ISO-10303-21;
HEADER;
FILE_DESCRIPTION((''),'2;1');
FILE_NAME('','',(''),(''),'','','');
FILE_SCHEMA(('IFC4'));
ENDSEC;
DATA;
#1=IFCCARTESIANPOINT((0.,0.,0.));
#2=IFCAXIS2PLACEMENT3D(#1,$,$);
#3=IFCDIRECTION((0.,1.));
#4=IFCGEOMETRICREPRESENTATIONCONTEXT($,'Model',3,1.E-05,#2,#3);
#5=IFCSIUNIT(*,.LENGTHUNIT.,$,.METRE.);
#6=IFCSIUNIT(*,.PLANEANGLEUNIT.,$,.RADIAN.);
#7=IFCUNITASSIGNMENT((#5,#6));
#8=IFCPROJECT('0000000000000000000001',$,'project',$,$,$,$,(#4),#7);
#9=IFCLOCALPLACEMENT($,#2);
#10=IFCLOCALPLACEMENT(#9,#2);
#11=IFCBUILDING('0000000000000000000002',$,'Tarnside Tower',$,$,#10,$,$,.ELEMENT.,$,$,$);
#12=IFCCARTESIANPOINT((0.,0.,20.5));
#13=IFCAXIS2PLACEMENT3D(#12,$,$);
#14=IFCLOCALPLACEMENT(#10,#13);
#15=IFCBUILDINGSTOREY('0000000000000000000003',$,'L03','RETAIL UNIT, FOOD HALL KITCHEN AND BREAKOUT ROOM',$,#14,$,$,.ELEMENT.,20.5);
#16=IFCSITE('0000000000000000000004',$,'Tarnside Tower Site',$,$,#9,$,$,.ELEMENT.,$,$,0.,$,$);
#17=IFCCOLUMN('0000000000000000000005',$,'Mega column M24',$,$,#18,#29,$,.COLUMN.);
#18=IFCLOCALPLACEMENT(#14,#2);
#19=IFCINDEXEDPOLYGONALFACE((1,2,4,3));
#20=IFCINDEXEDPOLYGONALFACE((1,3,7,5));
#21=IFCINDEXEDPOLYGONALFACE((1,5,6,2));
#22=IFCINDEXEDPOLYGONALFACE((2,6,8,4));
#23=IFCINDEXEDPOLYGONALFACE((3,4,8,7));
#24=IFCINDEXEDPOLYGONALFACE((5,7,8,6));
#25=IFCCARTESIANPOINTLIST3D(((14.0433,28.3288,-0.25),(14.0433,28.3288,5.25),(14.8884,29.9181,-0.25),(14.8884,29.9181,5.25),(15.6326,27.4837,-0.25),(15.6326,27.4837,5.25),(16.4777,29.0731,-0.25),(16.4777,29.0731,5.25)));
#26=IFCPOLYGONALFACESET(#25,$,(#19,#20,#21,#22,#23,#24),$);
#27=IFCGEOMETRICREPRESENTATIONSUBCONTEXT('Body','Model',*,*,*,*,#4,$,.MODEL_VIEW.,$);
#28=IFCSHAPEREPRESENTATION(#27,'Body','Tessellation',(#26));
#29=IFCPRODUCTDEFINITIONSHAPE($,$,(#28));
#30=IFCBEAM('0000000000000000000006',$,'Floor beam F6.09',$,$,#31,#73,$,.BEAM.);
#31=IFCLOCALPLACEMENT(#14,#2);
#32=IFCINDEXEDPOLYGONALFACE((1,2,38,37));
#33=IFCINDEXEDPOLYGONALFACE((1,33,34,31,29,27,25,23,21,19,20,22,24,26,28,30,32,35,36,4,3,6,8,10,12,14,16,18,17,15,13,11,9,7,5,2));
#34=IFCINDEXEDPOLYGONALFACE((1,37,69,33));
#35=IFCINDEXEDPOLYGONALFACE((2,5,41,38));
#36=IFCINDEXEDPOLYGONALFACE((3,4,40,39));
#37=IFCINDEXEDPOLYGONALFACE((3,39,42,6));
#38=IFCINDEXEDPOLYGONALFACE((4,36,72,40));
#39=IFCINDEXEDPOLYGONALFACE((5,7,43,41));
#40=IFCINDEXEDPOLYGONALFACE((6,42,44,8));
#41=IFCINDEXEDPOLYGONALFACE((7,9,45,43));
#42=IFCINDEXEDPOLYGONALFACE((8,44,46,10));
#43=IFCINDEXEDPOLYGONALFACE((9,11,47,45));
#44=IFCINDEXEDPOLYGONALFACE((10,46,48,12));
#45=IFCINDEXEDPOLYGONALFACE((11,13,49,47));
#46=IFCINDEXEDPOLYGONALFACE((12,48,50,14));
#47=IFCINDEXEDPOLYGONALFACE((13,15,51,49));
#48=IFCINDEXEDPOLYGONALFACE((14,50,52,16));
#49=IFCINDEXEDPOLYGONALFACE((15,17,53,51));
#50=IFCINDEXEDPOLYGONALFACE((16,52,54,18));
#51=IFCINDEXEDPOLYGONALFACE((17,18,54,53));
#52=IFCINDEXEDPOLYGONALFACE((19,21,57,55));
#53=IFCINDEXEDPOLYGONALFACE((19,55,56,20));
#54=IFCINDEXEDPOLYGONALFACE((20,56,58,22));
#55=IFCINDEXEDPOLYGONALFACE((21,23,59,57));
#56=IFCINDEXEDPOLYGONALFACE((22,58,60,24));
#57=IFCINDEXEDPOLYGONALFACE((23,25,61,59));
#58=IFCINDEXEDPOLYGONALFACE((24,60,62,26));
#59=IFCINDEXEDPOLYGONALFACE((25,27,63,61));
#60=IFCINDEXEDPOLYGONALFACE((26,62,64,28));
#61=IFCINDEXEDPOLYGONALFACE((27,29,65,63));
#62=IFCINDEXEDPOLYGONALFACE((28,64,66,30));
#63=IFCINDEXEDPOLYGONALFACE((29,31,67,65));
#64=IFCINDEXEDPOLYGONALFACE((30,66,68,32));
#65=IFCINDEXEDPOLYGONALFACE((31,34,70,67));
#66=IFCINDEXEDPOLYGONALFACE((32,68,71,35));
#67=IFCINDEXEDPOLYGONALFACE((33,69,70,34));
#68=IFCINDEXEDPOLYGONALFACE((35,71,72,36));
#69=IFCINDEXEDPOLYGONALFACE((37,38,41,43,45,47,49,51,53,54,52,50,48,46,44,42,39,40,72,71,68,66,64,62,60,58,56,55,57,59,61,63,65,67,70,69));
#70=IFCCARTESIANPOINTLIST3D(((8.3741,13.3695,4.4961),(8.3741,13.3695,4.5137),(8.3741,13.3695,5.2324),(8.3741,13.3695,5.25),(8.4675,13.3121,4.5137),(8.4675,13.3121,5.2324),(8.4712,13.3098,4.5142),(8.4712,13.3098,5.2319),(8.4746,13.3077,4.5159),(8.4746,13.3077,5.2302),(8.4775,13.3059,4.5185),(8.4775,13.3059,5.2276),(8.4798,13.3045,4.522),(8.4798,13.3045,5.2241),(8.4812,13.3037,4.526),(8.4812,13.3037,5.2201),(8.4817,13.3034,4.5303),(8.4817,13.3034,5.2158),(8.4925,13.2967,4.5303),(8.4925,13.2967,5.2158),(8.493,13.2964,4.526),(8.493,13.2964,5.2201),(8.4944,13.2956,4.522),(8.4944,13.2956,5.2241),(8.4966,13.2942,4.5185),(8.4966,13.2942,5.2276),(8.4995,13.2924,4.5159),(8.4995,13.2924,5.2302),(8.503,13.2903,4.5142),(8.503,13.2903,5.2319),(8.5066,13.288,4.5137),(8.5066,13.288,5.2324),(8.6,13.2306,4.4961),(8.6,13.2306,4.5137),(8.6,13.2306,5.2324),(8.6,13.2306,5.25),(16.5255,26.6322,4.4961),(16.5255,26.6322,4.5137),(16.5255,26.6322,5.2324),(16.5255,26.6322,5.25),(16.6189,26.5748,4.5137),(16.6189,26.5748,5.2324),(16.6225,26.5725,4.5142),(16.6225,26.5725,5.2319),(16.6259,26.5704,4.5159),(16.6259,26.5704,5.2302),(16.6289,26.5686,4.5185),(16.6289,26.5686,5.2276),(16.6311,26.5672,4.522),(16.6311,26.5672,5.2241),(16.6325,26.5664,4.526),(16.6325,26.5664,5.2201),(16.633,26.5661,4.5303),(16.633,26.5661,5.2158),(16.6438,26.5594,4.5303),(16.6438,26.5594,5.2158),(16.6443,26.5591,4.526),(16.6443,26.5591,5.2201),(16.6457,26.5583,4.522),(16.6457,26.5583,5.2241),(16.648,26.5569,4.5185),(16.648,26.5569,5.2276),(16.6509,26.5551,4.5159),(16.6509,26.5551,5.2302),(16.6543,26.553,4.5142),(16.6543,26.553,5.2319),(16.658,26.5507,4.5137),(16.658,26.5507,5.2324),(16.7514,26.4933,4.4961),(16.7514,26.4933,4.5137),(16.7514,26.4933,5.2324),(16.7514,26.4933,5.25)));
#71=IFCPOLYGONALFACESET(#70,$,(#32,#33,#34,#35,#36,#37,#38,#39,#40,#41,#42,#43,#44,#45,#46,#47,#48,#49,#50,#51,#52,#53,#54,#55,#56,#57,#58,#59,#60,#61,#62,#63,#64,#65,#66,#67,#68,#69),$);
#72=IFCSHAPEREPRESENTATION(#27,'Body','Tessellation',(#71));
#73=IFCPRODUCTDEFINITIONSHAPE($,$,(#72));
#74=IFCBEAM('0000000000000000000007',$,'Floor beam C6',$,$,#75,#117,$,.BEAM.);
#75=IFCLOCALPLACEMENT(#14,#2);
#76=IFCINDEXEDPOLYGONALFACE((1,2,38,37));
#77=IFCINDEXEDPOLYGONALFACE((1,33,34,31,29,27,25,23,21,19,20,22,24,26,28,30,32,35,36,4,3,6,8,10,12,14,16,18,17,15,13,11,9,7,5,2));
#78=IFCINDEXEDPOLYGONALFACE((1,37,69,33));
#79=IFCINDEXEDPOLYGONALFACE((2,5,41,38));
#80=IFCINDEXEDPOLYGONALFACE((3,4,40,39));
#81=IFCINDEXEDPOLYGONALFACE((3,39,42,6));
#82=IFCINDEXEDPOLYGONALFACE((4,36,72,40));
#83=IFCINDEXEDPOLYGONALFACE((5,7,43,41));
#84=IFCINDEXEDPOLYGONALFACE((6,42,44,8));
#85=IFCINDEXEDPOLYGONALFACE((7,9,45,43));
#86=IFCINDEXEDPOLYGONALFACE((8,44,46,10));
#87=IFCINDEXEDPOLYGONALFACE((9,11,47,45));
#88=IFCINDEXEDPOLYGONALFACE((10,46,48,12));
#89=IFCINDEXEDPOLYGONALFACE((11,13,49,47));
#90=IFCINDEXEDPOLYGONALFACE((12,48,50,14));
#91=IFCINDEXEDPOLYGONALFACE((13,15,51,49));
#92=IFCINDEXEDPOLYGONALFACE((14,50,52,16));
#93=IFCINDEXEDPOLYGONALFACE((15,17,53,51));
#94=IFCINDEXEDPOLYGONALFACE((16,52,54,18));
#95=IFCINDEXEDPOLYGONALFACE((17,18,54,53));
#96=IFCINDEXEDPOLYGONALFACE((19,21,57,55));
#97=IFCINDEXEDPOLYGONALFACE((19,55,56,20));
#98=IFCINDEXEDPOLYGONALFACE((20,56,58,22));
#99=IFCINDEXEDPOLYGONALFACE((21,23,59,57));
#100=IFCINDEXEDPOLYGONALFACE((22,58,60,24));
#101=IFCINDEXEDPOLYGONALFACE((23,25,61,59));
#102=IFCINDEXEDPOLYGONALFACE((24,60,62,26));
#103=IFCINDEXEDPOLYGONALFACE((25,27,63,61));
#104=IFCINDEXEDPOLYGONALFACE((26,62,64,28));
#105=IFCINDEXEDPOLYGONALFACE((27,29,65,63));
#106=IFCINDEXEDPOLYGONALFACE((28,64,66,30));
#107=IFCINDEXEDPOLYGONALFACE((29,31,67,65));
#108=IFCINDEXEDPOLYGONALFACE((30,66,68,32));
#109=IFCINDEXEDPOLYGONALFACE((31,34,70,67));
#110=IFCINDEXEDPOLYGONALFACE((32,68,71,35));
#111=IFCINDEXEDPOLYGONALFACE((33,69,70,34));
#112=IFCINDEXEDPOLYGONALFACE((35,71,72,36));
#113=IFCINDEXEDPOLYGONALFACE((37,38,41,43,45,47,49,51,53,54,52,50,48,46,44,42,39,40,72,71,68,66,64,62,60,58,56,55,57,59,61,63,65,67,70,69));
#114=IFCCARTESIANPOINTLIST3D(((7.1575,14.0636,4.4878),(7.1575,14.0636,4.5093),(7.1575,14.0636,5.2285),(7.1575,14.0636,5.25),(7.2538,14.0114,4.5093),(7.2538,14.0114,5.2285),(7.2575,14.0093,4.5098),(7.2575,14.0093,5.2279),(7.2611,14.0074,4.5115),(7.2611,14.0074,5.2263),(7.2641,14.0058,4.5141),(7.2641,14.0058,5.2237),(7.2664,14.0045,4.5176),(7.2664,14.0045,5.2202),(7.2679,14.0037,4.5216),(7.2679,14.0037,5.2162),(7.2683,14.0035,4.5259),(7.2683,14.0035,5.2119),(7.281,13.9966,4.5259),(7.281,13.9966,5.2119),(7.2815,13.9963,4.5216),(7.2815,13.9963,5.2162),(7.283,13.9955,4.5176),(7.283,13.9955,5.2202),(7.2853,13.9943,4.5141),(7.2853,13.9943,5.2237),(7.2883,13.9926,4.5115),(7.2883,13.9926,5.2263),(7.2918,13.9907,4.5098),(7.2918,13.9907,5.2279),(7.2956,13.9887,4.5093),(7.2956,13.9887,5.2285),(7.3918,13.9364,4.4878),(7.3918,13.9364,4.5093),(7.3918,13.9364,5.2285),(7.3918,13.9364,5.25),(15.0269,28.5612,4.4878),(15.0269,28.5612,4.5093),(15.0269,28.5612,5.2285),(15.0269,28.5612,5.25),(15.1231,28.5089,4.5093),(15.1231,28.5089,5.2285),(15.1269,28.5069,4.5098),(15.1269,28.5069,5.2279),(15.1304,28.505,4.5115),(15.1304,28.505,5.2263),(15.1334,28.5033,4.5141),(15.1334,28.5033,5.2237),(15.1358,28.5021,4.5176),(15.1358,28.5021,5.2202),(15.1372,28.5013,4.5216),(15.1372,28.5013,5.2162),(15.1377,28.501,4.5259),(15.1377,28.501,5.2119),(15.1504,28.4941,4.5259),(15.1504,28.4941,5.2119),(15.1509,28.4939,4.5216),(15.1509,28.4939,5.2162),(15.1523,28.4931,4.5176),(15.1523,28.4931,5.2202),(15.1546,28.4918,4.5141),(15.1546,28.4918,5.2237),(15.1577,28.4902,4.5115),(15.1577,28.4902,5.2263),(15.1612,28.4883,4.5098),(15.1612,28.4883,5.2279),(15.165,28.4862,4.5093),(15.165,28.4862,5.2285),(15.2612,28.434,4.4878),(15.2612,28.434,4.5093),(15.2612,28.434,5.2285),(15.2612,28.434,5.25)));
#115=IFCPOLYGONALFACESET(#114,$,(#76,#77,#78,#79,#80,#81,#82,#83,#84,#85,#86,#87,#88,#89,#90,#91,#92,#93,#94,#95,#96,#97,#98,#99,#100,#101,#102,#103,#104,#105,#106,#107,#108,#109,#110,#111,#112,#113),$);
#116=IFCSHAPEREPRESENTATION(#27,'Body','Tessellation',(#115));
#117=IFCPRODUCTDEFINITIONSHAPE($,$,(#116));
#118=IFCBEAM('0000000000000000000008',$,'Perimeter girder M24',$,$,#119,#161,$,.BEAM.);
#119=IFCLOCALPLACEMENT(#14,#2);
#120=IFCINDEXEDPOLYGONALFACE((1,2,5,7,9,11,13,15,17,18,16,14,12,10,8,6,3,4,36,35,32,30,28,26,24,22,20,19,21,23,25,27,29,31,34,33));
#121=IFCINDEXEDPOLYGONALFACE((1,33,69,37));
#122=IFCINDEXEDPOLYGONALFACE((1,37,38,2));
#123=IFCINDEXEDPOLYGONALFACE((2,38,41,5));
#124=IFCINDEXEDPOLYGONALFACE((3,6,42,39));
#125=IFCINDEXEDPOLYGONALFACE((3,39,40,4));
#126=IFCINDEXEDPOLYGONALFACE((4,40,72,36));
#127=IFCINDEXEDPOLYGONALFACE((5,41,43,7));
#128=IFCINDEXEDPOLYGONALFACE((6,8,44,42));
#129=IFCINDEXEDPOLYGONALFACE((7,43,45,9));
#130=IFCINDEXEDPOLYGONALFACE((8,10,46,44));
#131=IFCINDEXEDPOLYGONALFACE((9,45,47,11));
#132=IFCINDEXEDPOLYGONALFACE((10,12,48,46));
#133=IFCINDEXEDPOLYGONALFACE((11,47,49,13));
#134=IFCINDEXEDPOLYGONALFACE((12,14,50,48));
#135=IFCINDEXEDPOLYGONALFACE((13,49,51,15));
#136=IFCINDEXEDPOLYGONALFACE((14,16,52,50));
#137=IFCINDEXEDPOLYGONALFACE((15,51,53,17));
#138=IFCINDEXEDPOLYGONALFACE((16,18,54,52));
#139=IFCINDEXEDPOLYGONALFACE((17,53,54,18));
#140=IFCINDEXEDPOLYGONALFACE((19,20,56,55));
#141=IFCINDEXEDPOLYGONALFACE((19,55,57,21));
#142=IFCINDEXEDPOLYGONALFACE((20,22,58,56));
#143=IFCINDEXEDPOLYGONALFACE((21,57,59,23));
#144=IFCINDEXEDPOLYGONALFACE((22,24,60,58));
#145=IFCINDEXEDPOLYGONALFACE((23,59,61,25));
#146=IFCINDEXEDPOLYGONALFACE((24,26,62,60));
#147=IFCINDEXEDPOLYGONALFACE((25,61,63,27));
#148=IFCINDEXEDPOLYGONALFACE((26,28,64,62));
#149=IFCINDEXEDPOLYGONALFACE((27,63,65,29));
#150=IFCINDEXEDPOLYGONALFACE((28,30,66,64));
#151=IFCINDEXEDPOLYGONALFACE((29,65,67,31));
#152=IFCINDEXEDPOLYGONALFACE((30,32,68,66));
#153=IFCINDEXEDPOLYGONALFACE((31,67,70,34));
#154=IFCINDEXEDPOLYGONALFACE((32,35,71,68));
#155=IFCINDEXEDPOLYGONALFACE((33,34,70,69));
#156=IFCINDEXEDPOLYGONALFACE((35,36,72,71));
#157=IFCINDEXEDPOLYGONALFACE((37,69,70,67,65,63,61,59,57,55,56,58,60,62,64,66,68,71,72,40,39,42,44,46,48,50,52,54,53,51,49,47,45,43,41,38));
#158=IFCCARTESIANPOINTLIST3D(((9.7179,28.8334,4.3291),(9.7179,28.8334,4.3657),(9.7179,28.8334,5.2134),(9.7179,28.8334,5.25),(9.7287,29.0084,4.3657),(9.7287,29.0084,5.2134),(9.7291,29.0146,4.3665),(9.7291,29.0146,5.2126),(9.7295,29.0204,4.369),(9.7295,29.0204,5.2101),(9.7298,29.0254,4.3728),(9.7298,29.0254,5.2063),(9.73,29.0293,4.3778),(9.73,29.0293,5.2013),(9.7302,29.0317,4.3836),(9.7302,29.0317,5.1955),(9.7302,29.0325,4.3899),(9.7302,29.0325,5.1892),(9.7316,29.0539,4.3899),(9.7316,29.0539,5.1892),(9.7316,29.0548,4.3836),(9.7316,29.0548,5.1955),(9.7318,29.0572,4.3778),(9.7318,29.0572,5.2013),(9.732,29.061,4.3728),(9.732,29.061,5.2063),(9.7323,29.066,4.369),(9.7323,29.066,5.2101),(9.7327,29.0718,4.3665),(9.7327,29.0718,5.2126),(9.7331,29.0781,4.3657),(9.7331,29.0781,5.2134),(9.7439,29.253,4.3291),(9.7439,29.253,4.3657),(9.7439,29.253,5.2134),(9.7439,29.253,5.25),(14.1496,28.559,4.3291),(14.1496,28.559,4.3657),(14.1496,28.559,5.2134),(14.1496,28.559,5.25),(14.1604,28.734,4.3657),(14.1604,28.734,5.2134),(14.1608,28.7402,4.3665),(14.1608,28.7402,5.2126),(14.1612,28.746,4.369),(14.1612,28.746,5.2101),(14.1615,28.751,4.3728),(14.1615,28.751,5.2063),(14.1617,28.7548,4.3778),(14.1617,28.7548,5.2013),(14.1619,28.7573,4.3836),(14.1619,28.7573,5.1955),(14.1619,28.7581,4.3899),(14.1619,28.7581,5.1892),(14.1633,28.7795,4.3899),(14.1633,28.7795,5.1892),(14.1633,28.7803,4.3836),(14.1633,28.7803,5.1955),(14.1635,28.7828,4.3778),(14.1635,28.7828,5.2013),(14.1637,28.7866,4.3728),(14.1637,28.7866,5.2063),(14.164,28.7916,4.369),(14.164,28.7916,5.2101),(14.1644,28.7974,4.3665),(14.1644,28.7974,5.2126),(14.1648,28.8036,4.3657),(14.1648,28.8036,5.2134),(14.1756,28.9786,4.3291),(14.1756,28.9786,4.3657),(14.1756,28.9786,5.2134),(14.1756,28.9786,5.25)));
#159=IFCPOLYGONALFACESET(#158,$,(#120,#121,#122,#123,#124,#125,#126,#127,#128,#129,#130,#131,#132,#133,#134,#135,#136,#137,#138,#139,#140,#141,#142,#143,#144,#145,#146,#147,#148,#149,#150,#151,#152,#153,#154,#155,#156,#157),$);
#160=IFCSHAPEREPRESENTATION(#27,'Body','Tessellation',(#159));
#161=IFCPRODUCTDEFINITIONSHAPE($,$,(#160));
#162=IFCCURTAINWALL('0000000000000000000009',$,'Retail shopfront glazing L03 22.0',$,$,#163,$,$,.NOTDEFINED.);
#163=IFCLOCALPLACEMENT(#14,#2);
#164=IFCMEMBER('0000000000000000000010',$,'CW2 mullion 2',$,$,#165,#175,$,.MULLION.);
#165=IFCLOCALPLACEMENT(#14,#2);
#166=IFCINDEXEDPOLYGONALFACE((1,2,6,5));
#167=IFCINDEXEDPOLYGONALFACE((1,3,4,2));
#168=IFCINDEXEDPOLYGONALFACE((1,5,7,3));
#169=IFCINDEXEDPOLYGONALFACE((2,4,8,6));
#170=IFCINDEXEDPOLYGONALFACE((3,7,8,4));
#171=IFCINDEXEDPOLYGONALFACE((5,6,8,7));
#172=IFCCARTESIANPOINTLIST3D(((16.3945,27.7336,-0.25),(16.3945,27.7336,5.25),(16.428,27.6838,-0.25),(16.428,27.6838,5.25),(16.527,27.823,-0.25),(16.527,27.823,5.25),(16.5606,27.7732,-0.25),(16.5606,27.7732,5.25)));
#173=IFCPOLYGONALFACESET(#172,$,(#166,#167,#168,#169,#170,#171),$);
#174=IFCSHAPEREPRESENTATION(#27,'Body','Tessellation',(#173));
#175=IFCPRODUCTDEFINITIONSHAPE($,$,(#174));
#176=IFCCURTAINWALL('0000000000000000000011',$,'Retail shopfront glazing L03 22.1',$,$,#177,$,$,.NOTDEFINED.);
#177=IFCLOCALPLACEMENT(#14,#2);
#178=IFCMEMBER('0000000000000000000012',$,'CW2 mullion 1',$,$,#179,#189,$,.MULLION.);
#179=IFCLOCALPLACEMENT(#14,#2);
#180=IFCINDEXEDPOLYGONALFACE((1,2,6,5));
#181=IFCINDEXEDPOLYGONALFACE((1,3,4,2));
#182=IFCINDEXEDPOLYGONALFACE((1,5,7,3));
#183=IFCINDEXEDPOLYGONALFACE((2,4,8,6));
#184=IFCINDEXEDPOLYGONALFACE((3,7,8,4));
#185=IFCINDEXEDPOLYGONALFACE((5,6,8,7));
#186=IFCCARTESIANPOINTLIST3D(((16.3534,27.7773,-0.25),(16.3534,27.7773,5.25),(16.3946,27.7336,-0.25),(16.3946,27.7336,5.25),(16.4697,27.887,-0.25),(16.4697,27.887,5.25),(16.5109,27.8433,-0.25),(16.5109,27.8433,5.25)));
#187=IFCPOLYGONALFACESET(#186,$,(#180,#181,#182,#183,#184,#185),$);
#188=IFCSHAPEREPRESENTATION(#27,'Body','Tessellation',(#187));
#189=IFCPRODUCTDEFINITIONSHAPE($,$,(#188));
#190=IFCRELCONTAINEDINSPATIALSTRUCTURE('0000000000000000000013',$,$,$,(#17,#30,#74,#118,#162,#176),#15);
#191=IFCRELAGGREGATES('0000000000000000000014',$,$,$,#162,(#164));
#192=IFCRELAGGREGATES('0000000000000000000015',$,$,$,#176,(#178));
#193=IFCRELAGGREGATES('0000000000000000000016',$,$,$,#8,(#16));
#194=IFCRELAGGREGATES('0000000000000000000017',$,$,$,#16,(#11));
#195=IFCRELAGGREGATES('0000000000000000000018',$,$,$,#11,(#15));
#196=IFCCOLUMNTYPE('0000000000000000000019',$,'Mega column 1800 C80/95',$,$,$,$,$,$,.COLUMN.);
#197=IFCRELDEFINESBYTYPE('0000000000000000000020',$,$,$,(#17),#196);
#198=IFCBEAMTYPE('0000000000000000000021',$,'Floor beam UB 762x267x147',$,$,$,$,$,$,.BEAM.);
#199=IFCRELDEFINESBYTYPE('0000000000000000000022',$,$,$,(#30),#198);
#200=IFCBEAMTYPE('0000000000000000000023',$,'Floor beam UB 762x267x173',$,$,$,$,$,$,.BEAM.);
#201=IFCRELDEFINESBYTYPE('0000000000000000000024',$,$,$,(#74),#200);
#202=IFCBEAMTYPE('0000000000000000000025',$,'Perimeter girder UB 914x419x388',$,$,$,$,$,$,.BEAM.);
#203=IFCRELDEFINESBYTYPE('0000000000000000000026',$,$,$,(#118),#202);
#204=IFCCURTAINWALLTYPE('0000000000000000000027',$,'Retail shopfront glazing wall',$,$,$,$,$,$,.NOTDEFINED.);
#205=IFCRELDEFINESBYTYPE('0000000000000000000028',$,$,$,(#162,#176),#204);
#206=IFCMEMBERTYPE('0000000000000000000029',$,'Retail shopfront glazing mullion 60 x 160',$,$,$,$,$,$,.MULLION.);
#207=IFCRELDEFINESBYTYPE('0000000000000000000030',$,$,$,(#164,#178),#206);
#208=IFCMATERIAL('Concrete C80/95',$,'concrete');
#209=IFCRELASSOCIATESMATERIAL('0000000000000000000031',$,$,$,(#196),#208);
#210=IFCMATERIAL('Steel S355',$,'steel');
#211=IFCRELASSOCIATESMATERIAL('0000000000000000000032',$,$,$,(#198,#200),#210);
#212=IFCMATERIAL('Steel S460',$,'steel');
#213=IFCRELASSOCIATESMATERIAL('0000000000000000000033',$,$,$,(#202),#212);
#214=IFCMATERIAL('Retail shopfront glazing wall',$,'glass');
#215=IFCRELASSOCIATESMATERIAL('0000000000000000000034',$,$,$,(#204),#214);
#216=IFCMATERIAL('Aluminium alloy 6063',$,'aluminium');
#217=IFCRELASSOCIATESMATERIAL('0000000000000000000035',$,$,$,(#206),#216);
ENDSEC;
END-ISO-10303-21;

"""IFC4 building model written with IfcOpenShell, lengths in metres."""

from ifc_helpers import new_model, si_unit, direction, frame, origin, origin_2d, place, context, subcontext, project, spatial, rectangle, i_section, extrude, material, material_profile, profile_set, type_object, element, aggregate, save


model = new_model("IFC4")

# Units and contexts
model_context = context("Model", 3, precision=1e-05, world=origin(), true_north=direction((0.0, 1.0)))
body_context = subcontext(model_context, "Body", "Model", "MODEL_VIEW")
ifc_project = project(units=[si_unit("LENGTHUNIT", "METRE"), si_unit("PLANEANGLEUNIT", "RADIAN")], contexts=[model_context])

# Site, building, storey
site_placement = place(None, origin())
site = spatial("IfcSite", under=ifc_project, at=site_placement, Name="Tarnside Tower Site", CompositionType="ELEMENT", RefElevation=0.0)
building_placement = place(site_placement, origin())
building = spatial("IfcBuilding", under=site, at=building_placement, Name="Tarnside Tower", CompositionType="ELEMENT")
storey_placement = place(building_placement, frame((0.0, 0.0, 20.5)))
storey = spatial("IfcBuildingStorey", under=building, at=storey_placement, Name="L03", Description="RETAIL UNIT, FOOD HALL KITCHEN AND BREAKOUT ROOM", CompositionType="ELEMENT", Elevation=20.5)

# Column
ifc_material_1 = material(Name="Concrete C80/95", Category="concrete")
ifc_material_profile_1 = material_profile(ifc_material_1, rectangle(XDim=1.8, YDim=1.8, at=origin_2d()), Name="Mega column 1800x1800")
ifc_profile_set_1 = profile_set([ifc_material_profile_1], Name="Concrete C80/95")
column_type = type_object("IfcColumnType", Name="Mega column 1800 C80/95", PredefinedType="COLUMN", material=ifc_profile_set_1)
column_placement = place(storey_placement, frame((15.2605, 28.7009, -0.25), z_axis=(0.0, 0.0, 1.0), x_axis=(0.882948, -0.469472, 0.0)))
element("IfcColumn", 1, at=column_placement, inside=storey, type_object=column_type, Name="Mega column M24", PredefinedType="COLUMN", context=body_context, shape_type="SweptSolid", body=[
    extrude(rectangle(XDim=1.8, YDim=1.8, at=origin_2d()), origin(), (0.0, 0.0, 1.0), 5.5),
])

# Beams
ifc_material_2 = material(Name="Steel S355", Category="steel")
ifc_material_profile_2 = material_profile(ifc_material_2, i_section(OverallWidth=0.2651, OverallDepth=0.7539, WebThickness=0.0127, FlangeThickness=0.0176, FilletRadius=0.0166, at=origin_2d()), Name="UB 762x267x147")
ifc_profile_set_2 = profile_set([ifc_material_profile_2], Name="Steel S355")
beam_type_1 = type_object("IfcBeamType", Name="Floor beam UB 762x267x147", PredefinedType="BEAM", material=ifc_profile_set_2)
beam_1_placement = place(storey_placement, frame((16.6384, 26.5627, 4.873), z_axis=(-0.523618, -0.851953, 0.0), x_axis=(0.851953, -0.523618, 0.0)))
element("IfcBeam", 2, at=beam_1_placement, inside=storey, type_object=beam_type_1, Name="Floor beam F6.09", PredefinedType="BEAM", context=body_context, shape_type="SweptSolid", body=[
    extrude(i_section(OverallWidth=0.2651, OverallDepth=0.7539, WebThickness=0.0127, FlangeThickness=0.0176, FilletRadius=0.0166, at=origin_2d()), origin(), (0.0, 0.0, 1.0), 15.5674),
])
ifc_material_profile_3 = material_profile(ifc_material_2, i_section(OverallWidth=0.2666, OverallDepth=0.7622, WebThickness=0.0144, FlangeThickness=0.0215, FilletRadius=0.0166, at=origin_2d()), Name="UB 762x267x173")
ifc_profile_set_3 = profile_set([ifc_material_profile_3], Name="Steel S355")
beam_type_2 = type_object("IfcBeamType", Name="Floor beam UB 762x267x173", PredefinedType="BEAM", material=ifc_profile_set_3)
beam_2_placement = place(storey_placement, frame((15.144, 28.4976, 4.8689), z_axis=(-0.477058, -0.878872, 0.0), x_axis=(0.878872, -0.477058, 0.0)))
element("IfcBeam", 3, at=beam_2_placement, inside=storey, type_object=beam_type_2, Name="Floor beam C6", PredefinedType="BEAM", context=body_context, shape_type="SweptSolid", body=[
    extrude(i_section(OverallWidth=0.2666, OverallDepth=0.7622, WebThickness=0.0144, FlangeThickness=0.0215, FilletRadius=0.0166, at=origin_2d()), origin(), (0.0, 0.0, 1.0), 16.4956),
])
ifc_material_3 = material(Name="Steel S460", Category="steel")
ifc_material_profile_4 = material_profile(ifc_material_3, i_section(OverallWidth=0.4204, OverallDepth=0.9209, WebThickness=0.0215, FlangeThickness=0.0366, FilletRadius=0.0242, at=origin_2d()), Name="UB 914x419x388")
ifc_profile_set_4 = profile_set([ifc_material_profile_4], Name="Steel S460")
beam_type_3 = type_object("IfcBeamType", Name="Perimeter girder UB 914x419x388", PredefinedType="BEAM", material=ifc_profile_set_4)
beam_3_placement = place(storey_placement, frame((14.1626, 28.7688, 4.7896), z_axis=(-0.998088, 0.061803, 0.0), x_axis=(-0.061803, -0.998088, 0.0)))
element("IfcBeam", 4, at=beam_3_placement, inside=storey, type_object=beam_type_3, Name="Perimeter girder M24", PredefinedType="BEAM", context=body_context, shape_type="SweptSolid", body=[
    extrude(i_section(OverallWidth=0.4204, OverallDepth=0.9209, WebThickness=0.0215, FlangeThickness=0.0366, FilletRadius=0.0242, at=origin_2d()), origin(), (0.0, 0.0, 1.0), 4.4402),
])

# Curtain wall, member
ifc_material_4 = material(Name="Retail shopfront glazing wall", Category="glass")
curtain_wall_type = type_object("IfcCurtainWallType", Name="Retail shopfront glazing wall", PredefinedType="NOTDEFINED", material=ifc_material_4)
curtain_wall_1_placement = place(storey_placement, origin())
curtain_wall_1 = element("IfcCurtainWall", 5, at=curtain_wall_1_placement, inside=storey, type_object=curtain_wall_type, Name="Retail shopfront glazing L03 22.0", PredefinedType="NOTDEFINED")
ifc_material_5 = material(Name="Aluminium alloy 6063", Category="aluminium")
ifc_material_profile_5 = material_profile(ifc_material_5, rectangle(XDim=0.1599, YDim=0.0601, at=origin_2d()), Name="Retail shopfront glazing mullion 60 x 160")
ifc_profile_set_5 = profile_set([ifc_material_profile_5], Name="Aluminium alloy 6063")
member_type_1 = type_object("IfcMemberType", Name="Retail shopfront glazing mullion 60 x 160", PredefinedType="MULLION", material=ifc_profile_set_5)
member_1_placement = place(storey_placement, frame((16.4775, 27.7534, -0.25), z_axis=(0.0, 0.0, 1.0), x_axis=(-0.829038, -0.559193, 0.0)))
member_1 = element("IfcMember", 6, at=member_1_placement, type_object=member_type_1, Name="CW2 mullion 2", PredefinedType="MULLION", context=body_context, shape_type="SweptSolid", body=[
    extrude(rectangle(XDim=0.1599, YDim=0.0601, at=origin_2d()), origin(), (0.0, 0.0, 1.0), 5.5),
])

# Curtain wall, member
curtain_wall_2_placement = place(storey_placement, origin())
curtain_wall_2 = element("IfcCurtainWall", 7, at=curtain_wall_2_placement, inside=storey, type_object=curtain_wall_type, Name="Retail shopfront glazing L03 22.1", PredefinedType="NOTDEFINED")
member_2_placement = place(storey_placement, frame((16.4321, 27.8103, -0.25), z_axis=(0.0, 0.0, 1.0), x_axis=(-0.727374, -0.686242, 0.0)))
member_2 = element("IfcMember", 8, at=member_2_placement, type_object=member_type_1, Name="CW2 mullion 1", PredefinedType="MULLION", context=body_context, shape_type="SweptSolid", body=[
    extrude(rectangle(XDim=0.1599, YDim=0.0601, at=origin_2d()), origin(), (0.0, 0.0, 1.0), 5.5),
])

aggregate(curtain_wall_1, [member_1])
aggregate(curtain_wall_2, [member_2])

save(model, "model.ifc")
